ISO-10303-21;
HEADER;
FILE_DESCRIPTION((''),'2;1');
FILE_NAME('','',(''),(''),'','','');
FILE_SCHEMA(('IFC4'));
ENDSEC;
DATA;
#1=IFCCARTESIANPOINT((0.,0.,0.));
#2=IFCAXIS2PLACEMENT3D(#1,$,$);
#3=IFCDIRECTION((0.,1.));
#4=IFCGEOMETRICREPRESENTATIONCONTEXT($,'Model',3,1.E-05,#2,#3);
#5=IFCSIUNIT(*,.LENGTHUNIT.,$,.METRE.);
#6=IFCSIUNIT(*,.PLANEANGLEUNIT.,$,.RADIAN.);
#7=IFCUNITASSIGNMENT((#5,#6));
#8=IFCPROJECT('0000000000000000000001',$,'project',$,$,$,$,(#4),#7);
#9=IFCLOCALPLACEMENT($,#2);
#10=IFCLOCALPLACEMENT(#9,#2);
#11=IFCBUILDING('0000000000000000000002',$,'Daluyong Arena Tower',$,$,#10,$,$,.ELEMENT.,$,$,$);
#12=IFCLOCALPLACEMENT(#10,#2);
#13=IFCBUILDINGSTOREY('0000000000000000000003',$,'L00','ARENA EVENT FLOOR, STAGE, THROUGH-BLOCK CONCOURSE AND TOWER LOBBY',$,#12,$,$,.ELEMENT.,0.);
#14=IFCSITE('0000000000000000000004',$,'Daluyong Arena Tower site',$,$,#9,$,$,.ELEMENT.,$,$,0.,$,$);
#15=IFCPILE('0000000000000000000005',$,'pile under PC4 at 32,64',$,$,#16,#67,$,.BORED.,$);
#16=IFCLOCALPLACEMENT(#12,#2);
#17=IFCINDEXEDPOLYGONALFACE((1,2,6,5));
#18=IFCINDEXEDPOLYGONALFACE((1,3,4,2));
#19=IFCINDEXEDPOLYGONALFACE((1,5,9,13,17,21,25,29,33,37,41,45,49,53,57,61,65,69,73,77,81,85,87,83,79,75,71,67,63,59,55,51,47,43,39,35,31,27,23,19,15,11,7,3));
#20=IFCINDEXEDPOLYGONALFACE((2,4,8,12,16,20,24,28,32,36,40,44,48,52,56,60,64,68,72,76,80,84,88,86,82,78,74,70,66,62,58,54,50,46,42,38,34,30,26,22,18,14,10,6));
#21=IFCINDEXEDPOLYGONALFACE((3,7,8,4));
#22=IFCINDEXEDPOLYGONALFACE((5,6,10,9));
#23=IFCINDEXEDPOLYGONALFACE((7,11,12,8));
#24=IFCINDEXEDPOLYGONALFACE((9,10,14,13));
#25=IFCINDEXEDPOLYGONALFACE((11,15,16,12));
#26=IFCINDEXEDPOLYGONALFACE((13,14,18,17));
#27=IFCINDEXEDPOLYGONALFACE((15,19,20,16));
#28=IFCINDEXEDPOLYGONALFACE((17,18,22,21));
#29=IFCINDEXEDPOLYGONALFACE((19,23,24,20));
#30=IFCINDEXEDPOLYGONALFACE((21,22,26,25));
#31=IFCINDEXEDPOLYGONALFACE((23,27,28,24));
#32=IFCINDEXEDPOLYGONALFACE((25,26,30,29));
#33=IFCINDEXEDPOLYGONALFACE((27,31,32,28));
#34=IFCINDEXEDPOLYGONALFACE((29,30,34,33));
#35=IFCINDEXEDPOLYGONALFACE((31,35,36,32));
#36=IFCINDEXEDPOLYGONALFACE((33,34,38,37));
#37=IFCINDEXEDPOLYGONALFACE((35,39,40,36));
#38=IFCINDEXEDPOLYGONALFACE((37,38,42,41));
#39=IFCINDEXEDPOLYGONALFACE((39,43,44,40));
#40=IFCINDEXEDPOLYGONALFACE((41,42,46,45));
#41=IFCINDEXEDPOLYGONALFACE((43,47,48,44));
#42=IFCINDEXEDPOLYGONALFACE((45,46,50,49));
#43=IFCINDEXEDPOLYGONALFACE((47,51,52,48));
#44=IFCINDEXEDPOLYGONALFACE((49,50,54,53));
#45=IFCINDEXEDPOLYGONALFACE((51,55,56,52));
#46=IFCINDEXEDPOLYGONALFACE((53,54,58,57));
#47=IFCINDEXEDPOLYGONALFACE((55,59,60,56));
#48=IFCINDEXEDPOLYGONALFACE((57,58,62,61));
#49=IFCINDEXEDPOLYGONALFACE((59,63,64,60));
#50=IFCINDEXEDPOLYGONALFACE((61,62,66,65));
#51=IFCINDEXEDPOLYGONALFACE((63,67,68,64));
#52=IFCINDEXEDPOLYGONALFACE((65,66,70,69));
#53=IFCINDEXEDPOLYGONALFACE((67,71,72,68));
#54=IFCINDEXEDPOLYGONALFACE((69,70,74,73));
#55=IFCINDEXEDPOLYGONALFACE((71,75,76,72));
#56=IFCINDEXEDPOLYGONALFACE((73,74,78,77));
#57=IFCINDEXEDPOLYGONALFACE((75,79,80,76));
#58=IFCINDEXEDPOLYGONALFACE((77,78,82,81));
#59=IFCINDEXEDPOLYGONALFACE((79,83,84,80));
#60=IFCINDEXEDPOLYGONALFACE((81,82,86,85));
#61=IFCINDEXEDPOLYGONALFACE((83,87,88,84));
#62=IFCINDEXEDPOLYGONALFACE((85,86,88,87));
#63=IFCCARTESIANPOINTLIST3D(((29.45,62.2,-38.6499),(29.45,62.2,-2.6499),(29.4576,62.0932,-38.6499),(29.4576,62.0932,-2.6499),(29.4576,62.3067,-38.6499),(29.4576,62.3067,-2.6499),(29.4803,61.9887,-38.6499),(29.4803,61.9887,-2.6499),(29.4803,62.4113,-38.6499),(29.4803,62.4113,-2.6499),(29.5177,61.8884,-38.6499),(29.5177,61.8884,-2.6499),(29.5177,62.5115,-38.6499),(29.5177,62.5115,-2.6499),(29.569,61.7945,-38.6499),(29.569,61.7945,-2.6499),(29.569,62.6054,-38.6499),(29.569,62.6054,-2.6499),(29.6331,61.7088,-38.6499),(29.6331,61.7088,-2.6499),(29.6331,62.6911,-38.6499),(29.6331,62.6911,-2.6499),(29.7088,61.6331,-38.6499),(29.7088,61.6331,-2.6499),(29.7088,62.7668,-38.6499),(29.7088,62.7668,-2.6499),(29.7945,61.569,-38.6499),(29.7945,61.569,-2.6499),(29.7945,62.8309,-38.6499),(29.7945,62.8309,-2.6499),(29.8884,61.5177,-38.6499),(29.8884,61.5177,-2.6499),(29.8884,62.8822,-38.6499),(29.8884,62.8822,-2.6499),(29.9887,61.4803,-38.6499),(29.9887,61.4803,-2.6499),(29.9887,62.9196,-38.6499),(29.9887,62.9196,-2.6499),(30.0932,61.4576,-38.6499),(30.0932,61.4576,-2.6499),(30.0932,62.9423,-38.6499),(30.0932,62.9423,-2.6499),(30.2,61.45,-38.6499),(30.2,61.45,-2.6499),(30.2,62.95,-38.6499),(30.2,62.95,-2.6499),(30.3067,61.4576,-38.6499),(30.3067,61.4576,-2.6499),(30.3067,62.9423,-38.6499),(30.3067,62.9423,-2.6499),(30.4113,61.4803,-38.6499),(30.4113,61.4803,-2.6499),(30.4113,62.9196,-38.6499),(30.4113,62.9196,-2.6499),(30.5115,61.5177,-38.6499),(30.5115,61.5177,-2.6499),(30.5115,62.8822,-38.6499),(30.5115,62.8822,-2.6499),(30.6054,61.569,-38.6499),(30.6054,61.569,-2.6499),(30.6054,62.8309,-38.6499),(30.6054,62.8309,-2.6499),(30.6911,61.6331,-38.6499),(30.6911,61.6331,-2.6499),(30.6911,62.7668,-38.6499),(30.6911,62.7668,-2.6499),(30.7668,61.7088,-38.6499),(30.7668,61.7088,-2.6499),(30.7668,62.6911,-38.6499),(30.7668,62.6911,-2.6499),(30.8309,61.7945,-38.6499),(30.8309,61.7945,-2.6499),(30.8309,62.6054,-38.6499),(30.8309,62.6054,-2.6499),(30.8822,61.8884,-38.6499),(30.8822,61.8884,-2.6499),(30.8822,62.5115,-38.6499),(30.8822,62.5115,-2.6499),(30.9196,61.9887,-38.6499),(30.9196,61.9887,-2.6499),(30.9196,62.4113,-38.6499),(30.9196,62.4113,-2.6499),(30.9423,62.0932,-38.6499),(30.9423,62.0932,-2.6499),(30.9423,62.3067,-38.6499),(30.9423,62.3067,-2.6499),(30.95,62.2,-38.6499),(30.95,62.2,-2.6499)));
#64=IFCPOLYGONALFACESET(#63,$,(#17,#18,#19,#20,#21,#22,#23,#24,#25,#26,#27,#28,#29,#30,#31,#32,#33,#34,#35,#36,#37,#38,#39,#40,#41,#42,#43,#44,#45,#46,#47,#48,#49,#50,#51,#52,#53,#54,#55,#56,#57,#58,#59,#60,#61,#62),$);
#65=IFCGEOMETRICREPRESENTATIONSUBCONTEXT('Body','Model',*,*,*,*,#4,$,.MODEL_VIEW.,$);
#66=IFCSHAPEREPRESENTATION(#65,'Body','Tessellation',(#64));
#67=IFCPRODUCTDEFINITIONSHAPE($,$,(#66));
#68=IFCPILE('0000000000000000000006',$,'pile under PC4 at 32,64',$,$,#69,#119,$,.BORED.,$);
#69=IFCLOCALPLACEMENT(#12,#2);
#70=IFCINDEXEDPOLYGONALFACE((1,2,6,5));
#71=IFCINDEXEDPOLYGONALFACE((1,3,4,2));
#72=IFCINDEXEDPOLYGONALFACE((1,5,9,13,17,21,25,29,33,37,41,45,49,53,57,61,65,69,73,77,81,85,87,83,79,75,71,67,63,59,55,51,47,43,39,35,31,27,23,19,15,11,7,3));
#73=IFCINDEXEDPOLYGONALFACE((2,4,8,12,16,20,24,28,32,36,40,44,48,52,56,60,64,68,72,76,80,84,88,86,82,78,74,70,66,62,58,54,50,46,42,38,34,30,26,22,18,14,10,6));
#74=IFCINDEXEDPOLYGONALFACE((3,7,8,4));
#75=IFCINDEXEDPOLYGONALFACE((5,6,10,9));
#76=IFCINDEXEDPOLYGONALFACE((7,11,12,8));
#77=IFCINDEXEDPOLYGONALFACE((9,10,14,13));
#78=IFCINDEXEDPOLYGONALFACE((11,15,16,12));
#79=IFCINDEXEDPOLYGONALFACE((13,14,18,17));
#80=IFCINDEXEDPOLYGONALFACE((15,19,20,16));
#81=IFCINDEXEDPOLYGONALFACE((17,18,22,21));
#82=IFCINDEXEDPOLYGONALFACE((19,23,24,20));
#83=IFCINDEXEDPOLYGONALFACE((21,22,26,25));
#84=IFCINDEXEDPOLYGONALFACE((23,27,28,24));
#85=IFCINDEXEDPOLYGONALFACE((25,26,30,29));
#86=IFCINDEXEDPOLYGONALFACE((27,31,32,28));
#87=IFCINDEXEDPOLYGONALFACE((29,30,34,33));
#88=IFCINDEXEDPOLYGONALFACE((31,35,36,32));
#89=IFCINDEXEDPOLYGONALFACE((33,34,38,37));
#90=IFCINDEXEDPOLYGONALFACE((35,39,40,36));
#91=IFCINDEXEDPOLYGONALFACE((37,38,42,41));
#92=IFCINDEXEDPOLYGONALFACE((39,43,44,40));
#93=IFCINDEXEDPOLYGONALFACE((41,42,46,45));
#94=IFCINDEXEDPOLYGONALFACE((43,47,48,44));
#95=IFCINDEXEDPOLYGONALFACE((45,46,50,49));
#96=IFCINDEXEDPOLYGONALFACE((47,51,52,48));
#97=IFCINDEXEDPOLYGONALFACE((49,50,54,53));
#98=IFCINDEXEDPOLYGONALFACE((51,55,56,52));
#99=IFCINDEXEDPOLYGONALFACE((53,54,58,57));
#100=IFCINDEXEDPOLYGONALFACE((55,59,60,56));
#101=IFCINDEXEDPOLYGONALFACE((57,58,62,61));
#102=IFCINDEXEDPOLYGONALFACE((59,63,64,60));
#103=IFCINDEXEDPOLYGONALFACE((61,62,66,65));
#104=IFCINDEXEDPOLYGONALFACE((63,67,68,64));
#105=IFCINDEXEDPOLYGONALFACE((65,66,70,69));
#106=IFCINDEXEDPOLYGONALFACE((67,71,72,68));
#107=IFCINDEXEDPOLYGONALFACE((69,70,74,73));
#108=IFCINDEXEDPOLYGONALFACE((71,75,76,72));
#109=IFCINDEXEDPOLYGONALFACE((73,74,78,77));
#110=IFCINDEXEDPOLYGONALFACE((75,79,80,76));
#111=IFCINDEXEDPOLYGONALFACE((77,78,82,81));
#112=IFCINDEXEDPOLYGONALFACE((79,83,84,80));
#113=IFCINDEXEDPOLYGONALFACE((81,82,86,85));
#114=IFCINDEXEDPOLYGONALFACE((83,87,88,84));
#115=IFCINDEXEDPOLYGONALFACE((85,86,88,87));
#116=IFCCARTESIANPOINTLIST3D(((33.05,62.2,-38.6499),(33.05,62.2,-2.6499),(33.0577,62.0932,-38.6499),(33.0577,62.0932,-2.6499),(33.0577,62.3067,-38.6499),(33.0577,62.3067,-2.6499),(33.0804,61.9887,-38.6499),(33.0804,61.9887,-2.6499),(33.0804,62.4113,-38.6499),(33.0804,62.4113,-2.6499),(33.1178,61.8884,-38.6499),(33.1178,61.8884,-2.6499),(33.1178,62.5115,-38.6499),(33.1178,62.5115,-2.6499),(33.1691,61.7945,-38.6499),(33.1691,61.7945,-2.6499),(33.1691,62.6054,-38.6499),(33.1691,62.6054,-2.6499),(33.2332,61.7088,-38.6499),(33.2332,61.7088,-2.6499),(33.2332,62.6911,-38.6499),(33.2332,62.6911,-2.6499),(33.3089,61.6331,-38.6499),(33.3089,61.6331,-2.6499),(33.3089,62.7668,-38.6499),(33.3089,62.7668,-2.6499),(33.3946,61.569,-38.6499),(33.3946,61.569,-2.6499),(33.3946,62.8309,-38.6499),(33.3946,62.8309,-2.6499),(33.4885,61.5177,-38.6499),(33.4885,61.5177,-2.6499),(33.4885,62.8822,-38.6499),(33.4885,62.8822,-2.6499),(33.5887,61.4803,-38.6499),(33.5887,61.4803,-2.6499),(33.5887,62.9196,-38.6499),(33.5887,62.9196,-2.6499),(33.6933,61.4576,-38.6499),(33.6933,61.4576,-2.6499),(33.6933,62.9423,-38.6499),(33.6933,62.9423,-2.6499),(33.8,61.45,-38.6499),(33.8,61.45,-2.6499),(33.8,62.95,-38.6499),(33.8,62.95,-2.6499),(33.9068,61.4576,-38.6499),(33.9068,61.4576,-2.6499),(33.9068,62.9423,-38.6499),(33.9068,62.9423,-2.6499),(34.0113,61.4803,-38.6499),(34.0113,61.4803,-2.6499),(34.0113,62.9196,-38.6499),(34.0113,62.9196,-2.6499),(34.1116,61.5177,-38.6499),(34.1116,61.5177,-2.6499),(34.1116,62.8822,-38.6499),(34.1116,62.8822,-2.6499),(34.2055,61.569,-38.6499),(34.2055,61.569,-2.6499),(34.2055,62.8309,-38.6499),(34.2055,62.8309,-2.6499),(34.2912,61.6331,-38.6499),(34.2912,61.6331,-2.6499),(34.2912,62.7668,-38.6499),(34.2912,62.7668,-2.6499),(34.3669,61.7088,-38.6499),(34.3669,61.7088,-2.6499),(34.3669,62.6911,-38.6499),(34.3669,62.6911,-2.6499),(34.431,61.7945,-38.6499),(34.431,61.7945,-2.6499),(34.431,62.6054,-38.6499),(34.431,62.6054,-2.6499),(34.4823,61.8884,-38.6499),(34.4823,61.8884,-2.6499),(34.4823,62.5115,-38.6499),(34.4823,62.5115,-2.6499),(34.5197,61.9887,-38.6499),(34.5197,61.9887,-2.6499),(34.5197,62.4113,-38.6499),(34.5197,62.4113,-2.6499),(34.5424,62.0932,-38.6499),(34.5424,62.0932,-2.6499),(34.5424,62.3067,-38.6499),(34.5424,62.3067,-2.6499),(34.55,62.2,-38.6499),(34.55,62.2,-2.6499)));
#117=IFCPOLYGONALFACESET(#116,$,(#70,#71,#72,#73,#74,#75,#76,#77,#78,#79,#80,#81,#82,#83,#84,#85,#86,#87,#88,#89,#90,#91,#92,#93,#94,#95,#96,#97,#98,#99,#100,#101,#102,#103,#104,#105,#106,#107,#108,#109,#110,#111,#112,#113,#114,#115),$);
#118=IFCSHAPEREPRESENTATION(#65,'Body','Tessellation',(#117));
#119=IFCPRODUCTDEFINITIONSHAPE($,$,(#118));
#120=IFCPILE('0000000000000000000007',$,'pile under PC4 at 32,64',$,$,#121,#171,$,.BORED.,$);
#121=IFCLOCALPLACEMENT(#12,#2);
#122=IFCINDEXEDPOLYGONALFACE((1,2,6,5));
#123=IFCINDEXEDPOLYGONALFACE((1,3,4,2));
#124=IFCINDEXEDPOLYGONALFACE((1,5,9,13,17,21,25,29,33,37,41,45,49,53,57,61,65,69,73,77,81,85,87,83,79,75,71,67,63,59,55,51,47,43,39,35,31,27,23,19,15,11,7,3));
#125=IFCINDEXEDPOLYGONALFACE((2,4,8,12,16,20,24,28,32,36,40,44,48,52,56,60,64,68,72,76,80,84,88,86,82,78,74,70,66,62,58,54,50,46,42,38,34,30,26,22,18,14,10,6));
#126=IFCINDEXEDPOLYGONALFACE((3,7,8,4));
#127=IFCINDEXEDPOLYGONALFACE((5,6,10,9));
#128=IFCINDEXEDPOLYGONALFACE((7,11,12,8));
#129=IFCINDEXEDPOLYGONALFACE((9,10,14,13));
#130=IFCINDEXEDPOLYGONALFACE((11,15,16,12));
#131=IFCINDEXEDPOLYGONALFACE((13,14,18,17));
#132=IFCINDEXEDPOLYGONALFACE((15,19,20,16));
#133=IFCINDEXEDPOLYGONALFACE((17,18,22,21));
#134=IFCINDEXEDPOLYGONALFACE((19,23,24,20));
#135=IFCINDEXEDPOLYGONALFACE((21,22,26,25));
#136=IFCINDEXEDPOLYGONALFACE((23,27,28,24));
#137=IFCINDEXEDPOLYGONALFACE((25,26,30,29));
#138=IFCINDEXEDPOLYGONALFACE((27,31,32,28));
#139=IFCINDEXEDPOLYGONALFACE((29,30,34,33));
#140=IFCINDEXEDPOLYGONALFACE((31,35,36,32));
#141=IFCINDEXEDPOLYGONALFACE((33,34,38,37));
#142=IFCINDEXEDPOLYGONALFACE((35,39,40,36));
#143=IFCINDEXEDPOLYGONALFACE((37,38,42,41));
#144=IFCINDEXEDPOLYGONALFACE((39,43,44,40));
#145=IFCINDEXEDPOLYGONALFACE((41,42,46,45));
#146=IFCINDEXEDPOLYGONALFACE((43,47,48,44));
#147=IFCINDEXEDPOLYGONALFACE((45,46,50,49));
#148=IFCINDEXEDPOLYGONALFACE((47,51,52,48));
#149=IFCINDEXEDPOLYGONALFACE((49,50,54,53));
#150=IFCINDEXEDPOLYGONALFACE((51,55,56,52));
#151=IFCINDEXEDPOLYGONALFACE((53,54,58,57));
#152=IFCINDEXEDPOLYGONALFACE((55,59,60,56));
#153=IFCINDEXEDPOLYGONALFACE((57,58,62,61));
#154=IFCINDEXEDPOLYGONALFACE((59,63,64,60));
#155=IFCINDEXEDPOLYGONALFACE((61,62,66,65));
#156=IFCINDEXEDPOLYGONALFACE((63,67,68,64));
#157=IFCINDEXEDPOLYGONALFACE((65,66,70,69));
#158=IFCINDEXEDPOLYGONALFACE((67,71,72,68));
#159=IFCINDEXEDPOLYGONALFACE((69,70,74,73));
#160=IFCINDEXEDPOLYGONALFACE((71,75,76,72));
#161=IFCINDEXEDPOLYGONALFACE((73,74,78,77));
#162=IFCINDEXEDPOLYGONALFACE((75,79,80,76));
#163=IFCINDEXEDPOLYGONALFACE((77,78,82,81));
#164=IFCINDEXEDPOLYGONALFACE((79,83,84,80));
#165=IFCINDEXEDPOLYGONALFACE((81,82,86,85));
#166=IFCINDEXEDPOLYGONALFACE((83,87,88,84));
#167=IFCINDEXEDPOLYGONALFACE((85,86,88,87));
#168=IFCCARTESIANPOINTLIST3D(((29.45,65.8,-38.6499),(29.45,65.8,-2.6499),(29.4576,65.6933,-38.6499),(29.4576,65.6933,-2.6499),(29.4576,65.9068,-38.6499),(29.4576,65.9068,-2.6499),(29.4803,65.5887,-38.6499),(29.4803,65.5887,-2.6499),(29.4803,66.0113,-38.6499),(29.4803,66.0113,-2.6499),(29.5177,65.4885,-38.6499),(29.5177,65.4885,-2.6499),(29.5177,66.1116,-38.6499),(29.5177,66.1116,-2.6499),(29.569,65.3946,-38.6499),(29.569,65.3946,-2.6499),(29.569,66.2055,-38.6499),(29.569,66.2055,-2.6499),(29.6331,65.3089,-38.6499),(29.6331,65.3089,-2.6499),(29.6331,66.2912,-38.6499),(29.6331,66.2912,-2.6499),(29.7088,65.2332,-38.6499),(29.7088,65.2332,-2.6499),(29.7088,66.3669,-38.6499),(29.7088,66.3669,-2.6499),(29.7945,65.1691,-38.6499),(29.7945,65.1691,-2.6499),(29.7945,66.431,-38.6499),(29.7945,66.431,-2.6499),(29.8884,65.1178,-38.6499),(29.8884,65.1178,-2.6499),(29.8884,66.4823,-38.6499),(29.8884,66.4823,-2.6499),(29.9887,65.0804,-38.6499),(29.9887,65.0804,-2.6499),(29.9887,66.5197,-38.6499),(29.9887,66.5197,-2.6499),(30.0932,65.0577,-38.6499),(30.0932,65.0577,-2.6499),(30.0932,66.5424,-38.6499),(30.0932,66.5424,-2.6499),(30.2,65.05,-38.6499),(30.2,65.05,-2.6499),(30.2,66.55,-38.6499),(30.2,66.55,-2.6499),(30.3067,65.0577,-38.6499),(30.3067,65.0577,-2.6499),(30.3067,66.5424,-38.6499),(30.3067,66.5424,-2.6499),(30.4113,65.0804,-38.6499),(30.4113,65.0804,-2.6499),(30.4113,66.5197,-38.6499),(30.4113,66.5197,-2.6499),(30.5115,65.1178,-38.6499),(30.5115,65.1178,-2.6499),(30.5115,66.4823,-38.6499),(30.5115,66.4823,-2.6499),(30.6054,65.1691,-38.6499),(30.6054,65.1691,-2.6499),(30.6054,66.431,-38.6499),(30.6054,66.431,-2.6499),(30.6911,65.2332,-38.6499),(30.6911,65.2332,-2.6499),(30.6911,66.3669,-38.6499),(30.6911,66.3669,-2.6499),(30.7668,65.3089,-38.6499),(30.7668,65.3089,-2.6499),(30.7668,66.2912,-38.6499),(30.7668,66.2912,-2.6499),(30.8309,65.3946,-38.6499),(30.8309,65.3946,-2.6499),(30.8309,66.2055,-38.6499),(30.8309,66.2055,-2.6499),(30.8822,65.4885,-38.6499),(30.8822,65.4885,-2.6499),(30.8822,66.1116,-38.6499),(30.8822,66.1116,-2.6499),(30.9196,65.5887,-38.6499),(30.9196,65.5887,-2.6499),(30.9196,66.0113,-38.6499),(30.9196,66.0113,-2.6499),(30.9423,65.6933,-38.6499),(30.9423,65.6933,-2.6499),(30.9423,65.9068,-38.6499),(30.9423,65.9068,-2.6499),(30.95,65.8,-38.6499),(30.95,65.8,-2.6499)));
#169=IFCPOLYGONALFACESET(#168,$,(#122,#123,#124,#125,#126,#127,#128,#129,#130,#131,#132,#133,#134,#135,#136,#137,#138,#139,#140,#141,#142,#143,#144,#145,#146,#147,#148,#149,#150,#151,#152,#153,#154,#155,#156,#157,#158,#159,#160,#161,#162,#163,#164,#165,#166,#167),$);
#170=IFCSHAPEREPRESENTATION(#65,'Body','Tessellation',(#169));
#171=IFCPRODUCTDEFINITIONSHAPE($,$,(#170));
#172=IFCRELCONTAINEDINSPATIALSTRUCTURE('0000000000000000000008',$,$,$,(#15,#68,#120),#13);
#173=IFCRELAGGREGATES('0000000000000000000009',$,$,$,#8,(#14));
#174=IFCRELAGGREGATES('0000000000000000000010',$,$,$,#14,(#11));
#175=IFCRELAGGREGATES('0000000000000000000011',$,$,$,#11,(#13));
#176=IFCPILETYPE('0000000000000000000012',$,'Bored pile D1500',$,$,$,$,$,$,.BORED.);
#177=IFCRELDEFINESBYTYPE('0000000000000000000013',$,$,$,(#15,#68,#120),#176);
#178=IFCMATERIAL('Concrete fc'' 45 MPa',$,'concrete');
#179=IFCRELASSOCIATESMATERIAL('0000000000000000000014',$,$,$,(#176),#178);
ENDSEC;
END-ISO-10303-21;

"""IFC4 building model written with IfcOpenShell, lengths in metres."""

from ifc_helpers import new_model, si_unit, direction, frame, origin, origin_2d, place, context, subcontext, project, spatial, circle, extrude, material, type_object, element, save


model = new_model("IFC4")

# Units and contexts
model_context = context("Model", 3, precision=1e-05, world=origin(), true_north=direction((0.0, 1.0)))
body_context = subcontext(model_context, "Body", "Model", "MODEL_VIEW")
ifc_project = project(units=[si_unit("LENGTHUNIT", "METRE"), si_unit("PLANEANGLEUNIT", "RADIAN")], contexts=[model_context])

# Site, building, storey
site_placement = place(None, origin())
site = spatial("IfcSite", under=ifc_project, at=site_placement, Name="Daluyong Arena Tower site", CompositionType="ELEMENT", RefElevation=0.0)
building_placement = place(site_placement, origin())
building = spatial("IfcBuilding", under=site, at=building_placement, Name="Daluyong Arena Tower", CompositionType="ELEMENT")
storey_placement = place(building_placement, origin())
storey = spatial("IfcBuildingStorey", under=building, at=storey_placement, Name="L00", Description="ARENA EVENT FLOOR, STAGE, THROUGH-BLOCK CONCOURSE AND TOWER LOBBY", CompositionType="ELEMENT", Elevation=0.0)

# Piles
ifc_material_1 = material(Name="Concrete fc' 45 MPa", Category="concrete")
pile_type_1 = type_object("IfcPileType", Name="Bored pile D1500", PredefinedType="BORED", material=ifc_material_1)
for number, where, z_axis, x_axis, name in (
    (1, (30.2, 62.2, -2.6499), (0.0, 0.0, -1.0), (1.0, 0.0, 0.0), "pile under PC4 at 32,64"),
    (2, (33.8, 62.2, -2.6499), (0.0, 0.0, -1.0), (1.0, 0.0, 0.0), "pile under PC4 at 32,64"),
    (3, (30.2, 65.8, -2.6499), (0.0, 0.0, -1.0), (1.0, 0.0, 0.0), "pile under PC4 at 32,64"),
):
    element("IfcPile", number, at=place(storey_placement, frame(where, z_axis=z_axis, x_axis=x_axis)), inside=storey, type_object=pile_type_1, Name=name, PredefinedType="BORED", context=body_context, shape_type="SweptSolid", body=[
        extrude(circle(Radius=0.75, at=origin_2d()), origin(), (0.0, 0.0, 1.0), 36.0),
    ])

save(model, "model.ifc")
